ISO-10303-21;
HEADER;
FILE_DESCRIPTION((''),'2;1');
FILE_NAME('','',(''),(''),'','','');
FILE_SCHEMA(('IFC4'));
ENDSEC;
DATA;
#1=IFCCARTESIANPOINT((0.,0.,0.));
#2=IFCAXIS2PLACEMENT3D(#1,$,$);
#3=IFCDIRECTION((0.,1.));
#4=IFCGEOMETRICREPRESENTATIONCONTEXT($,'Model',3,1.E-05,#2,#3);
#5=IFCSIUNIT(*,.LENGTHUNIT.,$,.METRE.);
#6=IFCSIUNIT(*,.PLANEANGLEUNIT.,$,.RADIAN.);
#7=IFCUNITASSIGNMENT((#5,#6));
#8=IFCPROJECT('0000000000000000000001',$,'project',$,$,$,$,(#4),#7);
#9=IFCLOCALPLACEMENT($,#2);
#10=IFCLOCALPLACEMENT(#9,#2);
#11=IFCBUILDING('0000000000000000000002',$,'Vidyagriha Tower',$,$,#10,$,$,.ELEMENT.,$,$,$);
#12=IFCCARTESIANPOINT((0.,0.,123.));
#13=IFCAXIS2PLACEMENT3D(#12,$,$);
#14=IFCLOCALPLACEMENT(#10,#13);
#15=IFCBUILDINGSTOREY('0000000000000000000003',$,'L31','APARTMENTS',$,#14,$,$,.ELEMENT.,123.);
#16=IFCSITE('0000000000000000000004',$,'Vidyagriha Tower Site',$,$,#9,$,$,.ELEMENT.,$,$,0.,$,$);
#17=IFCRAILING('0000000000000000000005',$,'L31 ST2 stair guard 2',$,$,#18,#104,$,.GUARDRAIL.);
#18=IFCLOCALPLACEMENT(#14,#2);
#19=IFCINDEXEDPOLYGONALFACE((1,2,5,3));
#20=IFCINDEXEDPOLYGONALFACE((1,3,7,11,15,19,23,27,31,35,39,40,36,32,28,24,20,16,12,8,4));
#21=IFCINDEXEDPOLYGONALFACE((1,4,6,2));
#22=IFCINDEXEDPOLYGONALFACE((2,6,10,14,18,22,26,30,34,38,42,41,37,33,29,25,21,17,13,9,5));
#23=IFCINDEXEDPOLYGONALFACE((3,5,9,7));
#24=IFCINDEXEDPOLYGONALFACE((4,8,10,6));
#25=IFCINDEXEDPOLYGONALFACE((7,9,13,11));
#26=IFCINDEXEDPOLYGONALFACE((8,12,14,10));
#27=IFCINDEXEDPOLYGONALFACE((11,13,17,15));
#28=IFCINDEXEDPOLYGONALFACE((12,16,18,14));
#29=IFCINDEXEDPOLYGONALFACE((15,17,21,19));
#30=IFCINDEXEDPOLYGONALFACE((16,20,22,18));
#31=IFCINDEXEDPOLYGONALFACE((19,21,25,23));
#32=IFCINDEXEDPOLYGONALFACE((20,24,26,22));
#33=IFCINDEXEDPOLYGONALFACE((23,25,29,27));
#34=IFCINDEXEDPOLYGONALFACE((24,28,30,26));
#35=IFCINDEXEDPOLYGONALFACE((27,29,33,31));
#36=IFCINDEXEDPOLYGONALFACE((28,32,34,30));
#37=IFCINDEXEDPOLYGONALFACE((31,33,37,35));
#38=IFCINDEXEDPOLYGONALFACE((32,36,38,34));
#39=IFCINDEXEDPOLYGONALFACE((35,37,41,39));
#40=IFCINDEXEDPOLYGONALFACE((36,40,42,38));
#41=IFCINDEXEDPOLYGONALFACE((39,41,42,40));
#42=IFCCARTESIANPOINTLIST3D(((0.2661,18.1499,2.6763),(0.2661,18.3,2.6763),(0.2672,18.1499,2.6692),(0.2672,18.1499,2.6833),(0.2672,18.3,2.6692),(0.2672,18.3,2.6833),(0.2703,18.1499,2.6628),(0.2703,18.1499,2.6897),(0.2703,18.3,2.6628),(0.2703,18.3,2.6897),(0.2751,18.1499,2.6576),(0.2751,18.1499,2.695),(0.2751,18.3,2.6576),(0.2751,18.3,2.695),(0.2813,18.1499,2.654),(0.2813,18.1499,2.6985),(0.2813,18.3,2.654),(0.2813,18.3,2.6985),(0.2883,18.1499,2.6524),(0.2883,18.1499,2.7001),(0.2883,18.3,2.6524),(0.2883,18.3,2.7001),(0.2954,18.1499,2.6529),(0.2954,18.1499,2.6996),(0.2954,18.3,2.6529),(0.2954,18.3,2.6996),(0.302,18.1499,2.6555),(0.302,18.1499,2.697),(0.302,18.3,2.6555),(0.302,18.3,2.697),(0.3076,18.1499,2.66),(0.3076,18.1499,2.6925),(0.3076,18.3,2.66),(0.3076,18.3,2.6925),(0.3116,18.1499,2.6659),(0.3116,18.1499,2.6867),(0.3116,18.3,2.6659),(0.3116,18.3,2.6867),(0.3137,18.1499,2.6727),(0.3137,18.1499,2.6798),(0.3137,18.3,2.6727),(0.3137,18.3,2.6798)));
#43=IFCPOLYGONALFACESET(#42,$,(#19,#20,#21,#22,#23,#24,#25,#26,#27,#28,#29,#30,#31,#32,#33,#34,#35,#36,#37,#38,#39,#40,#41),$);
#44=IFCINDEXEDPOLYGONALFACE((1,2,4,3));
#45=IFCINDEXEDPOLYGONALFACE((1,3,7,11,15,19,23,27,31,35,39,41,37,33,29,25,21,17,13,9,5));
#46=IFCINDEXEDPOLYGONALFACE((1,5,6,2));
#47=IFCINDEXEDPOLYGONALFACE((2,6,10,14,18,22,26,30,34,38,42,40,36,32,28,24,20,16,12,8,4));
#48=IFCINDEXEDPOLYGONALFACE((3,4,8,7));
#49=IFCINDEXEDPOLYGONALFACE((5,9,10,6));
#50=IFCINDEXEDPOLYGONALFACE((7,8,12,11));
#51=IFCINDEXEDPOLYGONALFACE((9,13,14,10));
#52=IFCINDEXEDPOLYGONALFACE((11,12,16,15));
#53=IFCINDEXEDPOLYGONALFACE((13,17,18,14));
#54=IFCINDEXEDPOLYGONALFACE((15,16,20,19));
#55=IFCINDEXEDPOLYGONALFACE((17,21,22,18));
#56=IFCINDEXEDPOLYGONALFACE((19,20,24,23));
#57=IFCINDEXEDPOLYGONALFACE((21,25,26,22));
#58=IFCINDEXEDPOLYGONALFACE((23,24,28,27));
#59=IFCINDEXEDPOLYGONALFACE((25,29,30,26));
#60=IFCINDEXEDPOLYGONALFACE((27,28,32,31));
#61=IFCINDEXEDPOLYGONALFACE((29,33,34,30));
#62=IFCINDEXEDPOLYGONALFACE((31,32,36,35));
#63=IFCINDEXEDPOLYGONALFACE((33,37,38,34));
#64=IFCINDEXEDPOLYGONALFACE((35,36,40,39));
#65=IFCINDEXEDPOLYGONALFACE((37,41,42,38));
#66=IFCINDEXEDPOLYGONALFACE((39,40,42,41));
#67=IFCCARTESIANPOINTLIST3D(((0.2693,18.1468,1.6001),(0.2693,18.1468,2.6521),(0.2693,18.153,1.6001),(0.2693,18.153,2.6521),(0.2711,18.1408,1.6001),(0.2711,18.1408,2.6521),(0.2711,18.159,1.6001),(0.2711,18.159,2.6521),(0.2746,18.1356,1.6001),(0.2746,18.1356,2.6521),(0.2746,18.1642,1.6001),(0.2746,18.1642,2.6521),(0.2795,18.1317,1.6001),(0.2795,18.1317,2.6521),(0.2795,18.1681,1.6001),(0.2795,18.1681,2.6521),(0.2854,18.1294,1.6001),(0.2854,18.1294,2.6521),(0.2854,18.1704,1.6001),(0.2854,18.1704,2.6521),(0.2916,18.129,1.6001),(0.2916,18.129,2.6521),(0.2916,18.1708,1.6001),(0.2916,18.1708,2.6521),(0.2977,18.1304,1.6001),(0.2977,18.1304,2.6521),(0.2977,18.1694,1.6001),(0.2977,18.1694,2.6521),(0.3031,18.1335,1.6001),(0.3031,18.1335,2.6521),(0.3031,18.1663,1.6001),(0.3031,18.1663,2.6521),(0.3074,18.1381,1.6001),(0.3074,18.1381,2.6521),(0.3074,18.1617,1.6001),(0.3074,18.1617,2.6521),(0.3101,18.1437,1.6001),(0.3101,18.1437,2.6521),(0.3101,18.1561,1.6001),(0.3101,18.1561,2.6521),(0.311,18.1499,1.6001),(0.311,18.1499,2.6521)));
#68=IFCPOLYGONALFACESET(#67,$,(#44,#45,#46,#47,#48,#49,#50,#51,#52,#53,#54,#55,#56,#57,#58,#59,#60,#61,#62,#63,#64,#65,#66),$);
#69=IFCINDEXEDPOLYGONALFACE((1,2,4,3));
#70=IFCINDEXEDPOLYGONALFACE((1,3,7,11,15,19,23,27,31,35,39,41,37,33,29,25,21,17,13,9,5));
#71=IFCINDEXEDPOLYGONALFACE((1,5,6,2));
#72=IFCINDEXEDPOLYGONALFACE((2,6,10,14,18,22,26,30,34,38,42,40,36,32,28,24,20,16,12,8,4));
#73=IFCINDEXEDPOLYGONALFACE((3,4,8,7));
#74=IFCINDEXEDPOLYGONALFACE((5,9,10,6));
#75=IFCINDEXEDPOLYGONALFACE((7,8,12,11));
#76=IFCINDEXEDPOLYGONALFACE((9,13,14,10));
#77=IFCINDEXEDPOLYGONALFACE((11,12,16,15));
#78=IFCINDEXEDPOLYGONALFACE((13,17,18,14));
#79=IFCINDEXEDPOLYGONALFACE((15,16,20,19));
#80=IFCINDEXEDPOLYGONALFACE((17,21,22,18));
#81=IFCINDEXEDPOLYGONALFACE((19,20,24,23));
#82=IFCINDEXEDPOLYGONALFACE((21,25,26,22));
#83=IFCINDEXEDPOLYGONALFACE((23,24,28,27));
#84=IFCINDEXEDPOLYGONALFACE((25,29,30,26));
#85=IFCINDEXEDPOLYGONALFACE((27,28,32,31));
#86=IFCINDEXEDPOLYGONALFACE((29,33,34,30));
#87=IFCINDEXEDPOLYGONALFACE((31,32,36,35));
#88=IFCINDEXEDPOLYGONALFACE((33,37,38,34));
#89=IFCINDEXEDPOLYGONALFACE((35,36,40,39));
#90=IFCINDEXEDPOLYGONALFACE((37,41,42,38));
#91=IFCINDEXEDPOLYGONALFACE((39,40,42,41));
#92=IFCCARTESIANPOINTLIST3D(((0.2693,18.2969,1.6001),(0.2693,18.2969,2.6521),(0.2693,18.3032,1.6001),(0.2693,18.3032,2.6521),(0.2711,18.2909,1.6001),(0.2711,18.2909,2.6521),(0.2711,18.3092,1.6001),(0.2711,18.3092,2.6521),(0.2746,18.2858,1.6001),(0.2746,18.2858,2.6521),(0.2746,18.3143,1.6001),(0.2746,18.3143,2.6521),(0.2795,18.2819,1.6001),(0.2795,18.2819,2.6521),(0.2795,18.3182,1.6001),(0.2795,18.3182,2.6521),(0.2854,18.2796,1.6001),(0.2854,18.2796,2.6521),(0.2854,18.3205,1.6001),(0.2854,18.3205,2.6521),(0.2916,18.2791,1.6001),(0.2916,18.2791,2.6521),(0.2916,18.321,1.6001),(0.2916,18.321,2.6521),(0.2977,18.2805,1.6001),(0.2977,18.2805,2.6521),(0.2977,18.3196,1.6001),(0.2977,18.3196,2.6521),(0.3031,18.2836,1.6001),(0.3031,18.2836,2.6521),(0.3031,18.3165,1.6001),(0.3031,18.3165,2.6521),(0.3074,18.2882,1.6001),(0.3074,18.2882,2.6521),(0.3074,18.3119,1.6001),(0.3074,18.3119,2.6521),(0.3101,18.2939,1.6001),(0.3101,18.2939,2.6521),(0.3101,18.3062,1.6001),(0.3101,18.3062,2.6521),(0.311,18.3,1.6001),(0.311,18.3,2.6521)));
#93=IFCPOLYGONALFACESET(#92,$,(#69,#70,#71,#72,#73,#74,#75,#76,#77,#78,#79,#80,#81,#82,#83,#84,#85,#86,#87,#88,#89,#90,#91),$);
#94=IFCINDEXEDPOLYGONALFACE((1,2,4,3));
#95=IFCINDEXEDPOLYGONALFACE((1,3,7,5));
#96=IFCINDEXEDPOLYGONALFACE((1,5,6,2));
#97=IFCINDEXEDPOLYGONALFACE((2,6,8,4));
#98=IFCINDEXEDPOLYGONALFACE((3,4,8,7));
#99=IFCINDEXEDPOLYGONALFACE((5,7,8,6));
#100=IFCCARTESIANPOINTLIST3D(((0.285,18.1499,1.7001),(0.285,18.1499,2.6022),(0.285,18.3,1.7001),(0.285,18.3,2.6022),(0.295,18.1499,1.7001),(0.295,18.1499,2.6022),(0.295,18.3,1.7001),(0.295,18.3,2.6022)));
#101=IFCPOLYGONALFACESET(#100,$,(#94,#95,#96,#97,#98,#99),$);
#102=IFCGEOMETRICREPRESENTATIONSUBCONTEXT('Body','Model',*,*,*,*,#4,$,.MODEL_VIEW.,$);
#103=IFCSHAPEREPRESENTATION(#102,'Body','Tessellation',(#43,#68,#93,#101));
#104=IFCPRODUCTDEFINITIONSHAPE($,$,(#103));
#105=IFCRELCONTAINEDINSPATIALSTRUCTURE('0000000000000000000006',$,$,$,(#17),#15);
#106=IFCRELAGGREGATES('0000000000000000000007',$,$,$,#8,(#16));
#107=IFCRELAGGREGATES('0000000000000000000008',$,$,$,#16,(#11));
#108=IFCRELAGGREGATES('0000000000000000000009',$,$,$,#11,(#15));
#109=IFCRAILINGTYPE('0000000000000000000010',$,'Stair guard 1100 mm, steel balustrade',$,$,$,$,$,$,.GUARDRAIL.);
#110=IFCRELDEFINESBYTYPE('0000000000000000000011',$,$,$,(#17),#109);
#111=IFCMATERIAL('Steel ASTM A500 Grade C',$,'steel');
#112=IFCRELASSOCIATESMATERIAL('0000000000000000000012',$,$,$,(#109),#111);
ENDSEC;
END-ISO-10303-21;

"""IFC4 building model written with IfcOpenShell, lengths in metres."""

from ifc_helpers import new_model, si_unit, direction, frame, origin, origin_2d, place, context, subcontext, project, spatial, rectangle, circle, extrude, material, type_object, element, save


model = new_model("IFC4")

# Units and contexts
model_context = context("Model", 3, precision=1e-05, world=origin(), true_north=direction((0.0, 1.0)))
body_context = subcontext(model_context, "Body", "Model", "MODEL_VIEW")
ifc_project = project(units=[si_unit("LENGTHUNIT", "METRE"), si_unit("PLANEANGLEUNIT", "RADIAN")], contexts=[model_context])

# Site, building, storey
site_placement = place(None, origin())
site = spatial("IfcSite", under=ifc_project, at=site_placement, Name="Vidyagriha Tower Site", CompositionType="ELEMENT", RefElevation=0.0)
building_placement = place(site_placement, origin())
building = spatial("IfcBuilding", under=site, at=building_placement, Name="Vidyagriha Tower", CompositionType="ELEMENT")
storey_placement = place(building_placement, frame((0.0, 0.0, 123.0)))
storey = spatial("IfcBuildingStorey", under=building, at=storey_placement, Name="L31", Description="APARTMENTS", CompositionType="ELEMENT", Elevation=123.0)

# Railing
ifc_material_1 = material(Name="Steel ASTM A500 Grade C", Category="steel")
railing_type_1 = type_object("IfcRailingType", Name="Stair guard 1100 mm, steel balustrade", PredefinedType="GUARDRAIL", material=ifc_material_1)
railing_1_placement = place(storey_placement, frame((0.29, 18.1499, 1.6001)))
element("IfcRailing", 1, at=railing_1_placement, inside=storey, type_object=railing_type_1, Name="L31 ST2 stair guard 2", PredefinedType="GUARDRAIL", context=body_context, shape_type="SweptSolid", body=[
    extrude(circle(Radius=0.0239, at=origin_2d()), frame((0.0, 0.0, 1.0762), z_axis=(0.0, 1.0, 0.0), x_axis=(-1.0, 0.0, 0.0)), (0.0, 0.0, 1.0), 0.1501),
    extrude(circle(Radius=0.021, at=origin_2d()), origin(), (0.0, 0.0, 1.0), 1.052),
    extrude(circle(Radius=0.021, at=origin_2d()), frame((0.0, 0.1501, 0.0)), (0.0, 0.0, 1.0), 1.052),
    extrude(rectangle(XDim=0.01, YDim=0.9021, at=origin_2d()), frame((0.0, 0.0, 0.551), z_axis=(0.0, 1.0, 0.0), x_axis=(-1.0, 0.0, 0.0)), (0.0, 0.0, 1.0), 0.1501),
])

save(model, "model.ifc")
